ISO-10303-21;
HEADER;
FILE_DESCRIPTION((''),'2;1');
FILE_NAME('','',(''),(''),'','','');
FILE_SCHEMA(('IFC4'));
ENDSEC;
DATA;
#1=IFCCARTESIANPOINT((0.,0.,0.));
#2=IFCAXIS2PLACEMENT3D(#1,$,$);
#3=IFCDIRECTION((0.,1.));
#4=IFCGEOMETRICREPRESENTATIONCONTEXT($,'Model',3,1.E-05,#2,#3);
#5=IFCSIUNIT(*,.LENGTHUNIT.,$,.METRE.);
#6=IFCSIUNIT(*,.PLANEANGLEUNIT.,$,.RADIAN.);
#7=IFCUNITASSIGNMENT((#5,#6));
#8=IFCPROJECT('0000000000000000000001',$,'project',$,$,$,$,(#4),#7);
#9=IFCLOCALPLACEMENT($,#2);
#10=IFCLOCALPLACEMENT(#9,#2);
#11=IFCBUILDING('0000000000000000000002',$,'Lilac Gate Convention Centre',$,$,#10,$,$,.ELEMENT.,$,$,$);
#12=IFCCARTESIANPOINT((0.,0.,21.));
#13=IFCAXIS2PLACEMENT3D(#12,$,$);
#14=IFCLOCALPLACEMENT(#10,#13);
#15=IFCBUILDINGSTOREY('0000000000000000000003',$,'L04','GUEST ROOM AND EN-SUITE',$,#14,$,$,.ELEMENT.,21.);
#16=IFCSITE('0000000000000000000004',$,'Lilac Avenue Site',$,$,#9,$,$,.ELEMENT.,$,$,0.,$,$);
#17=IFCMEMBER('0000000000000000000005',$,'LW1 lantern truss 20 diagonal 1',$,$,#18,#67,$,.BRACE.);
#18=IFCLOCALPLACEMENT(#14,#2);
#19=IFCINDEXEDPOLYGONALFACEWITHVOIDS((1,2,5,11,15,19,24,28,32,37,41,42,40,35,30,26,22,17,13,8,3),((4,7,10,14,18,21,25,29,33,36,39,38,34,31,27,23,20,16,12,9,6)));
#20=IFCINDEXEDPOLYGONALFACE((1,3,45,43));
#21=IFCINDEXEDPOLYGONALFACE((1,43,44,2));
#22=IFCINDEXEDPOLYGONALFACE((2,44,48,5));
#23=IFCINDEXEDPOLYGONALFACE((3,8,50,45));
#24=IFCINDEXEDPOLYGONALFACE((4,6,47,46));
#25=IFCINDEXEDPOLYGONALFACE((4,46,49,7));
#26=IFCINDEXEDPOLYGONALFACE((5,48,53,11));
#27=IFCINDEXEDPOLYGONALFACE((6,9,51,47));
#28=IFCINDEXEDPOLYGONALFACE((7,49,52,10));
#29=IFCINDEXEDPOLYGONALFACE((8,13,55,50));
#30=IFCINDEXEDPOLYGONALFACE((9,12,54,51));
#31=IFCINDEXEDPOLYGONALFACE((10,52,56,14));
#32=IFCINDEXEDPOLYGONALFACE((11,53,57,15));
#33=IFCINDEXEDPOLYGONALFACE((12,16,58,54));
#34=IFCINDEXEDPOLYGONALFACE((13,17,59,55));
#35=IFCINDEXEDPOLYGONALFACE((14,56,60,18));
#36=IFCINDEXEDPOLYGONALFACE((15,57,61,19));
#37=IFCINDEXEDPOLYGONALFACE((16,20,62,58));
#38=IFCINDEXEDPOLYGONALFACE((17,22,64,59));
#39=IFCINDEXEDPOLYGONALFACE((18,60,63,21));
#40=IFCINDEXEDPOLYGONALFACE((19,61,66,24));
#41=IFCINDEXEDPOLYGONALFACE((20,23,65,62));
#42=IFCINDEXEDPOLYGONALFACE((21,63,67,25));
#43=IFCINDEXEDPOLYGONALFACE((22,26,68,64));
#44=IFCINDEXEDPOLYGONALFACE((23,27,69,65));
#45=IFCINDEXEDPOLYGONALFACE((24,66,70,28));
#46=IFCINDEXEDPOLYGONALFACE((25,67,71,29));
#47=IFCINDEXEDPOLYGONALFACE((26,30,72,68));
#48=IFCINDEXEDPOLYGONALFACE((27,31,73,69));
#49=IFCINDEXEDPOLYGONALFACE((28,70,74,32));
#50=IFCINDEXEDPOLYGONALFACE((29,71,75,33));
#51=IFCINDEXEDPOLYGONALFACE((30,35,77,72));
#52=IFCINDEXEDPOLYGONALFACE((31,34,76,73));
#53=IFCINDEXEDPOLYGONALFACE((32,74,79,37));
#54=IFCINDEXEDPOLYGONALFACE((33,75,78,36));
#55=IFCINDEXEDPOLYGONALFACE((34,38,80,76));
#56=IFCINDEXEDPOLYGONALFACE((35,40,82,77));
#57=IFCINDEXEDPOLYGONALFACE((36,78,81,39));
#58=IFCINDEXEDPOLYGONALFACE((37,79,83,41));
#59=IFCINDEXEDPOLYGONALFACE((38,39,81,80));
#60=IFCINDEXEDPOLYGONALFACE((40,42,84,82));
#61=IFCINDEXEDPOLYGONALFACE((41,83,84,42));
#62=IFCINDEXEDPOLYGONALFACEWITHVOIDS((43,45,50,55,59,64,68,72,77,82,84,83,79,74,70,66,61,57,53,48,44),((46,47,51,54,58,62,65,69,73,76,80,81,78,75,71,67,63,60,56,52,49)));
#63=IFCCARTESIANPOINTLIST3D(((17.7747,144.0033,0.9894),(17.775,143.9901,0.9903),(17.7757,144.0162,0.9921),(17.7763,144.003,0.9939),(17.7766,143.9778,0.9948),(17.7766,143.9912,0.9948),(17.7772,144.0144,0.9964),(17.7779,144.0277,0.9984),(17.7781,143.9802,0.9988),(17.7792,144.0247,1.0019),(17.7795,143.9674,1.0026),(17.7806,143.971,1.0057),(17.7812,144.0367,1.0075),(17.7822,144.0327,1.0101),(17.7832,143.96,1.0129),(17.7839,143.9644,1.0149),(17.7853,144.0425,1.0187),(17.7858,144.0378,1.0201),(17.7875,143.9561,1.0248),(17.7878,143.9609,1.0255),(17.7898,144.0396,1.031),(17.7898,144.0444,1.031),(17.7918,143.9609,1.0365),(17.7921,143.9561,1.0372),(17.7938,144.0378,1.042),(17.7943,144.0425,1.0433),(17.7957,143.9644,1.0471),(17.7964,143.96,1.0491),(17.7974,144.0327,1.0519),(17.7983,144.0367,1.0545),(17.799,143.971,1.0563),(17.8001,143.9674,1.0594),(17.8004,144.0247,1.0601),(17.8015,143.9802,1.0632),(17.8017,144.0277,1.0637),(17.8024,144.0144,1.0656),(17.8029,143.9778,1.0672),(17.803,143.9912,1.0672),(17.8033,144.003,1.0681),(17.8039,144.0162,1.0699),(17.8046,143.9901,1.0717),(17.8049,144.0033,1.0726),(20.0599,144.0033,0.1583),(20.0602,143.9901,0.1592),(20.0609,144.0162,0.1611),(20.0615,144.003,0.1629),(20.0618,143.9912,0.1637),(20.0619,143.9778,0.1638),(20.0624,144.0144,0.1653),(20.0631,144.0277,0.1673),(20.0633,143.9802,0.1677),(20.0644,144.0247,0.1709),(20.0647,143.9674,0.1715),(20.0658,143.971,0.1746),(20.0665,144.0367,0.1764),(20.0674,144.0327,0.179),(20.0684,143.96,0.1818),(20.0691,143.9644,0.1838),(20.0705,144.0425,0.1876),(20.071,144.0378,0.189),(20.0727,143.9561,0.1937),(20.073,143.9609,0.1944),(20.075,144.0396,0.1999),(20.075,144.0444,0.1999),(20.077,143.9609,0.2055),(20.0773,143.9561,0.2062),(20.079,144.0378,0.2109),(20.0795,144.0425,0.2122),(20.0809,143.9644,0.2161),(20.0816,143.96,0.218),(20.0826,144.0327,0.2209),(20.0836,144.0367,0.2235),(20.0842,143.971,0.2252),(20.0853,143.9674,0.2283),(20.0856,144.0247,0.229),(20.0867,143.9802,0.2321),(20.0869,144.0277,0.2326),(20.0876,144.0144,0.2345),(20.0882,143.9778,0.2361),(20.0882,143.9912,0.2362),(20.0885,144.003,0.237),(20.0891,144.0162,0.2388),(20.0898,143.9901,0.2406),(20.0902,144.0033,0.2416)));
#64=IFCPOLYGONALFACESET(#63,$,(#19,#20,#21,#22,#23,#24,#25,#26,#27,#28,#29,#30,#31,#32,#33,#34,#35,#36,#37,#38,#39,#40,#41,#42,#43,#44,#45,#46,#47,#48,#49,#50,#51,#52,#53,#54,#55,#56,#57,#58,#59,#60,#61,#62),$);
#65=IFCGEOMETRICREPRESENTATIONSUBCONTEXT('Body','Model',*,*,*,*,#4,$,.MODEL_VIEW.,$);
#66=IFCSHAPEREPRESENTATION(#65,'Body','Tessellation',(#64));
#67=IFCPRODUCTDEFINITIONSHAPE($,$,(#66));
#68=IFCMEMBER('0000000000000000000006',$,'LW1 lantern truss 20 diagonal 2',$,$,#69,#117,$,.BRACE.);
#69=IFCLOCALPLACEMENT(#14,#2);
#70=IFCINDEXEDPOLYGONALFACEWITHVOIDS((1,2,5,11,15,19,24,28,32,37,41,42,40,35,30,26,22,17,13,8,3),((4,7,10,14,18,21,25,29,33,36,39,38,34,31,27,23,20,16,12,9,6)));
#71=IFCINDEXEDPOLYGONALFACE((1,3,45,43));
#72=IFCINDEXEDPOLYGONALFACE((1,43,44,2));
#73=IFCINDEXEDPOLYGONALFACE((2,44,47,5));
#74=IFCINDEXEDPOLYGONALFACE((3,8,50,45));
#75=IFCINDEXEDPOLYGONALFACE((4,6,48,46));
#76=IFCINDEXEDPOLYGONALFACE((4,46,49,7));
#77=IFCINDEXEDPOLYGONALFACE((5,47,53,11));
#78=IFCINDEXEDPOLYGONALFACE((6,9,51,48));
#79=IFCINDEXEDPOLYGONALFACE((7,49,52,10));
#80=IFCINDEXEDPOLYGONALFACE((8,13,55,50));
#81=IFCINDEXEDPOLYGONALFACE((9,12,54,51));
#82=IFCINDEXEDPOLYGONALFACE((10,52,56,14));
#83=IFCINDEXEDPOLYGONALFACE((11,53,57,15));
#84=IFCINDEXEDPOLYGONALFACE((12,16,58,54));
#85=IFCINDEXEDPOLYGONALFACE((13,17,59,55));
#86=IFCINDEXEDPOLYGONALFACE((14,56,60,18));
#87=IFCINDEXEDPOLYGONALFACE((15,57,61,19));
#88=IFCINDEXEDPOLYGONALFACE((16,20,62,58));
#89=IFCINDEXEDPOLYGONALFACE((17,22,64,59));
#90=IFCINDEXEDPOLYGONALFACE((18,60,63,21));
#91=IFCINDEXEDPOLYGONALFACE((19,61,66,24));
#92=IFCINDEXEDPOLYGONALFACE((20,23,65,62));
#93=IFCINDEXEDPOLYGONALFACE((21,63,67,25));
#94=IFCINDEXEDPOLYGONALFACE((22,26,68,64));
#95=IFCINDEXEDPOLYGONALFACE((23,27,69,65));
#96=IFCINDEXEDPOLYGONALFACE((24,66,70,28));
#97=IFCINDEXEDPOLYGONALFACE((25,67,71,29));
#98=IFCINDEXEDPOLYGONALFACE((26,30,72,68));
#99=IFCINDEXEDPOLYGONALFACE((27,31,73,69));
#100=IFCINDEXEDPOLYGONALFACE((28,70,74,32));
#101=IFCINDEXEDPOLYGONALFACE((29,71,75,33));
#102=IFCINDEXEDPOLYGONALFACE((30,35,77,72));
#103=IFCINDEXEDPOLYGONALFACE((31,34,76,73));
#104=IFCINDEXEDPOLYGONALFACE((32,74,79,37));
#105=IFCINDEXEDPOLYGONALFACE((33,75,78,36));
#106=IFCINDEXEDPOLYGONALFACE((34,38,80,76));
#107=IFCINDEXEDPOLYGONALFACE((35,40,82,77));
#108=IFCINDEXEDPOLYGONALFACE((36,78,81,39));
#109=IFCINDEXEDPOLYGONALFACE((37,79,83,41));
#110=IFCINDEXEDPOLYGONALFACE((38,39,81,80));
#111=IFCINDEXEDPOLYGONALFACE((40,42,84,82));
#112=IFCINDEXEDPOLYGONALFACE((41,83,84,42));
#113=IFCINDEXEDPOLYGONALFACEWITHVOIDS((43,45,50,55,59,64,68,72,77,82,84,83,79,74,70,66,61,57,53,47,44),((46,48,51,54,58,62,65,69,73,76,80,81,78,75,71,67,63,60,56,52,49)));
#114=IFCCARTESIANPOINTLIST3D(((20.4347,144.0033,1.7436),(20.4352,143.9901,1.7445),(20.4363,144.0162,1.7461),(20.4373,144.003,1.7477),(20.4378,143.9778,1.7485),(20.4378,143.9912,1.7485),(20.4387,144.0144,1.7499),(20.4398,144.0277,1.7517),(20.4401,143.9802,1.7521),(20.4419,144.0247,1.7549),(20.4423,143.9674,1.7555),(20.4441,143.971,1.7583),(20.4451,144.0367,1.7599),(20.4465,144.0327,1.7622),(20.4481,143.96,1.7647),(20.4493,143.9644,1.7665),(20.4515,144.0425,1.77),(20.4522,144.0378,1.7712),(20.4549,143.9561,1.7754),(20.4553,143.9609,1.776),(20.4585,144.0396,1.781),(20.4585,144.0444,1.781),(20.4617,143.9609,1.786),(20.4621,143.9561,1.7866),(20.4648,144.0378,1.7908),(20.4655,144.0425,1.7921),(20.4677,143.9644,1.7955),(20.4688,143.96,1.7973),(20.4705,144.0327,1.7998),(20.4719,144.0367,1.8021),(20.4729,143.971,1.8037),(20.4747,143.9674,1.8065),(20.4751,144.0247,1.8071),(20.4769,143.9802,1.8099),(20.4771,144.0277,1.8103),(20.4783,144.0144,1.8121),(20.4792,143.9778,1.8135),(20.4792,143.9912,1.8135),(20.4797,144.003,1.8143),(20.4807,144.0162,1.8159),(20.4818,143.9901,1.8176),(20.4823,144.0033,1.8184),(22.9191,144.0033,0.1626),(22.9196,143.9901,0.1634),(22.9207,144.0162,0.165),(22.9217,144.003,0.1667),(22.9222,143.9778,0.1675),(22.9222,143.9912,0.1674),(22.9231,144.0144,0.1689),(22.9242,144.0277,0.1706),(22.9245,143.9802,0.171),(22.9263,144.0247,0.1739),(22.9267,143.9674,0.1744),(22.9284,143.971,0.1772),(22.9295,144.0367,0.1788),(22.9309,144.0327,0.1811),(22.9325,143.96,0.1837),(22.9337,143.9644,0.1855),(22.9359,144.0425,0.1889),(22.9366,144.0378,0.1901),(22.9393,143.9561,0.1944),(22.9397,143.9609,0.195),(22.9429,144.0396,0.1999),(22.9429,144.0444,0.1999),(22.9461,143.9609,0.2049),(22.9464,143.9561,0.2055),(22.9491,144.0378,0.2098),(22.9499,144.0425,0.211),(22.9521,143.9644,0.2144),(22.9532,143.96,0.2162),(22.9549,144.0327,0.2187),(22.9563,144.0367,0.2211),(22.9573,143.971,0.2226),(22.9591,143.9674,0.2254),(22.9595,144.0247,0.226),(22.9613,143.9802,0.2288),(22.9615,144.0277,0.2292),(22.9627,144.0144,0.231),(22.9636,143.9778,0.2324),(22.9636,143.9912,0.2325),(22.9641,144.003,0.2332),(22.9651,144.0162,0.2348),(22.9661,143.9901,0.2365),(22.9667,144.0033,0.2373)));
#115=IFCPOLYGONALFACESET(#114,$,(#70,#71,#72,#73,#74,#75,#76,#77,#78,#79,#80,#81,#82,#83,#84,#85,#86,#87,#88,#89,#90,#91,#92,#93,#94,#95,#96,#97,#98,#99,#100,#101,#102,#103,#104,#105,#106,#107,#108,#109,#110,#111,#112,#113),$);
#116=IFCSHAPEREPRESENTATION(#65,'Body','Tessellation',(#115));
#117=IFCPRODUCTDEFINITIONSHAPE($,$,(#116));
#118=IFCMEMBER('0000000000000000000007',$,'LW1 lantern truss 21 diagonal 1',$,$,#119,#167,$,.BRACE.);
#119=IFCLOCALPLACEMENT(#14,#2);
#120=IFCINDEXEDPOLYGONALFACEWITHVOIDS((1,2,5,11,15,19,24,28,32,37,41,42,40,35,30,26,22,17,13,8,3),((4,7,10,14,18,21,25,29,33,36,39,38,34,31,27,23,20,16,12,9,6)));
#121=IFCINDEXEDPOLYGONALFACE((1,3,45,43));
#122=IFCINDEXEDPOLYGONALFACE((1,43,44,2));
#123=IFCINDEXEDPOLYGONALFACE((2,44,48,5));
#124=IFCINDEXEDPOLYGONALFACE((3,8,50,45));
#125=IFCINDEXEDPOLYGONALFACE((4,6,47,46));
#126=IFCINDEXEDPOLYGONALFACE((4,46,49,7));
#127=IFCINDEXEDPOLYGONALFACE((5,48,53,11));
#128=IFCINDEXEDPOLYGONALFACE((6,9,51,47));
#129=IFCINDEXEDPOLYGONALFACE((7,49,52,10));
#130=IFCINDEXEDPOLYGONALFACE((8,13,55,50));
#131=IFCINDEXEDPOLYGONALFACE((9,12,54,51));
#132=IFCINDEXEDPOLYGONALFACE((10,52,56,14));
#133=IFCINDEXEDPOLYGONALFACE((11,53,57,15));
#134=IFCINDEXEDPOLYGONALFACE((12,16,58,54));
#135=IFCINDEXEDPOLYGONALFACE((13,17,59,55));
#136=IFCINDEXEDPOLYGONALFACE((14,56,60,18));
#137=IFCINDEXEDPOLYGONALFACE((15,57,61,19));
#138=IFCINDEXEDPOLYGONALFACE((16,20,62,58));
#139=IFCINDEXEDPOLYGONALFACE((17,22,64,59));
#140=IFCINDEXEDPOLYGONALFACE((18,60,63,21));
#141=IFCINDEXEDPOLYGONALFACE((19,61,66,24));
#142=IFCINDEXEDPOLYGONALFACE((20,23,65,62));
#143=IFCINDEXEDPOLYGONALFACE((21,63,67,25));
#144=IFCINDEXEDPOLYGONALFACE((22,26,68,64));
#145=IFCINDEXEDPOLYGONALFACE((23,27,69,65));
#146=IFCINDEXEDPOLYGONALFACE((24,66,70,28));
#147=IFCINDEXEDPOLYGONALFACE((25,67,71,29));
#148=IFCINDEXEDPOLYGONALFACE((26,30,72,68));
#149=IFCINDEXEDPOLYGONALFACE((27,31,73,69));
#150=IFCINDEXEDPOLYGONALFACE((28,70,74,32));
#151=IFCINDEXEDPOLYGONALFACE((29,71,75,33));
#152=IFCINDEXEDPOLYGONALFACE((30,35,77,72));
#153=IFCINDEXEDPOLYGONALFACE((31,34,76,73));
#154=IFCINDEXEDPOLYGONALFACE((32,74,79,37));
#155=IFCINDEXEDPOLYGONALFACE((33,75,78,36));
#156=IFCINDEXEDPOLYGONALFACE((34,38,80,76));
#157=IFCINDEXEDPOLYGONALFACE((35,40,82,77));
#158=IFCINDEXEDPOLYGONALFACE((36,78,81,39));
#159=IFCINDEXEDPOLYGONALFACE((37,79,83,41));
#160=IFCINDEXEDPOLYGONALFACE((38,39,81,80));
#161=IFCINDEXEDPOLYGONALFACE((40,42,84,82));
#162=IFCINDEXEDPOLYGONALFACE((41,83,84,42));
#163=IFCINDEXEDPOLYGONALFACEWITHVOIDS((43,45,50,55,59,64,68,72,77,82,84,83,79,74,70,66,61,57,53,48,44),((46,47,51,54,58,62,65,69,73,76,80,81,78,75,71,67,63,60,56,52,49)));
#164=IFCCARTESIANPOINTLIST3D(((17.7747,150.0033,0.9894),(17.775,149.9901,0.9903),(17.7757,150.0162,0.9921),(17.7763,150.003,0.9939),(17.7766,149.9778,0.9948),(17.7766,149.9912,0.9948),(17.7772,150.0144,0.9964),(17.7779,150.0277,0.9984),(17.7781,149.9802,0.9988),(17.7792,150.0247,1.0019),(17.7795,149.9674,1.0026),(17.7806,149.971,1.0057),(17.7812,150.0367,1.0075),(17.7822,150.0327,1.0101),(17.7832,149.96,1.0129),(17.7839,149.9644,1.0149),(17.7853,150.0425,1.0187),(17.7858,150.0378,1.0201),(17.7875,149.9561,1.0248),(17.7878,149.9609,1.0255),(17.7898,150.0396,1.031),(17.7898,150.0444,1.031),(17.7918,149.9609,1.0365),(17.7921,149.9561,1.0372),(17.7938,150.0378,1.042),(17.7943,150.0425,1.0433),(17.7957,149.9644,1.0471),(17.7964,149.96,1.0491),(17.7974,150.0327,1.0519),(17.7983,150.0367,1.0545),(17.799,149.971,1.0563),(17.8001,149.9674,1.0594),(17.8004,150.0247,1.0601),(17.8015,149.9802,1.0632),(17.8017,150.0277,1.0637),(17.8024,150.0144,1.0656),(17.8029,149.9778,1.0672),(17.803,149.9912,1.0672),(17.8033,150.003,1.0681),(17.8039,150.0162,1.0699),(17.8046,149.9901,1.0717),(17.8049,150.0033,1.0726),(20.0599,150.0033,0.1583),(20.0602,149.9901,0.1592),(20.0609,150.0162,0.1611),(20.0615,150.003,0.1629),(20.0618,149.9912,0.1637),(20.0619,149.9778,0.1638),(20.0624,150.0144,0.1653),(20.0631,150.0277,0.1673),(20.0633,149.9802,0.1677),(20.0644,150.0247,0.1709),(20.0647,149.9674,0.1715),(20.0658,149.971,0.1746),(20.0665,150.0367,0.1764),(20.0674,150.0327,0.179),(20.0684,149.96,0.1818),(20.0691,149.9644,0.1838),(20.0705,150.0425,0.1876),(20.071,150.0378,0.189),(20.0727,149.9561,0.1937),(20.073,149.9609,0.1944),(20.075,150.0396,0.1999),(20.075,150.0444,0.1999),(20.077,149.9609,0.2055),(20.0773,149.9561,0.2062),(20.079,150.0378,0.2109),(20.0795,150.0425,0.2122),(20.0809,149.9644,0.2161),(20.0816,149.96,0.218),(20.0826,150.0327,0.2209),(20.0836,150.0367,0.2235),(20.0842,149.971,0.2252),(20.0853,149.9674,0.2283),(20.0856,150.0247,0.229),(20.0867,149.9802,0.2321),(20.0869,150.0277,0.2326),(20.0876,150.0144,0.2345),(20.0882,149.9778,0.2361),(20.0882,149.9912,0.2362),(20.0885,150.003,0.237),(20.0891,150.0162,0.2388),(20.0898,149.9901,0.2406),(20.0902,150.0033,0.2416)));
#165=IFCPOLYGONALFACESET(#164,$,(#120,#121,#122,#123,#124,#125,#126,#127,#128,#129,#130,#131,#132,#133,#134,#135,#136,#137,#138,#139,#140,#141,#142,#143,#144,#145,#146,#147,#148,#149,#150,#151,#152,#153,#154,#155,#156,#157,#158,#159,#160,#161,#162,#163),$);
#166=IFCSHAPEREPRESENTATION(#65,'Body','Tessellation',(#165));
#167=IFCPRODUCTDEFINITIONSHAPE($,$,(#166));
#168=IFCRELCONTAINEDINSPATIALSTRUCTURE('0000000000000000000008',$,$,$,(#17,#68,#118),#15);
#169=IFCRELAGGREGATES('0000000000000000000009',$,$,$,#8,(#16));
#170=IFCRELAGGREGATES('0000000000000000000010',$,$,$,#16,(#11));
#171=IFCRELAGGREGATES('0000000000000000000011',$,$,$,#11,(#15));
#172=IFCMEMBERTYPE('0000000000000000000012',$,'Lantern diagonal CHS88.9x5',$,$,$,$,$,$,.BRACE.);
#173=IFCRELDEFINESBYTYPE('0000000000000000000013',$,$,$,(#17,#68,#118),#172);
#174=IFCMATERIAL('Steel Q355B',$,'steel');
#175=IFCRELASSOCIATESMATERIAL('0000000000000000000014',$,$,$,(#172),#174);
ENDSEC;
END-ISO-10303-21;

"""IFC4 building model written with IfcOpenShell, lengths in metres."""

from ifc_helpers import new_model, si_unit, direction, frame, origin, origin_2d, place, context, subcontext, project, spatial, hollow_circle, extrude, material, material_profile, profile_set, type_object, element, save


model = new_model("IFC4")

# Units and contexts
model_context = context("Model", 3, precision=1e-05, world=origin(), true_north=direction((0.0, 1.0)))
body_context = subcontext(model_context, "Body", "Model", "MODEL_VIEW")
ifc_project = project(units=[si_unit("LENGTHUNIT", "METRE"), si_unit("PLANEANGLEUNIT", "RADIAN")], contexts=[model_context])

# Site, building, storey
site_placement = place(None, origin())
site = spatial("IfcSite", under=ifc_project, at=site_placement, Name="Lilac Avenue Site", CompositionType="ELEMENT", RefElevation=0.0)
building_placement = place(site_placement, origin())
building = spatial("IfcBuilding", under=site, at=building_placement, Name="Lilac Gate Convention Centre", CompositionType="ELEMENT")
storey_placement = place(building_placement, frame((0.0, 0.0, 21.0)))
storey = spatial("IfcBuildingStorey", under=building, at=storey_placement, Name="L04", Description="GUEST ROOM AND EN-SUITE", CompositionType="ELEMENT", Elevation=21.0)

# Members
ifc_material_1 = material(Name="Steel Q355B", Category="steel")
ifc_material_profile_1 = material_profile(ifc_material_1, hollow_circle(Radius=0.0444, WallThickness=0.0049, at=origin_2d()), Name="CHS88.9x5")
ifc_profile_set_1 = profile_set([ifc_material_profile_1], Name="Steel Q355B")
member_type_1 = type_object("IfcMemberType", Name="Lantern diagonal CHS88.9x5", PredefinedType="BRACE", material=ifc_profile_set_1)
member_1_placement = place(storey_placement, frame((17.7898, 144.0, 1.031), z_axis=(0.939782, 0.0, -0.341775), x_axis=(0.0, 1.0, 0.0)))
element("IfcMember", 1, at=member_1_placement, inside=storey, type_object=member_type_1, Name="LW1 lantern truss 20 diagonal 1", PredefinedType="BRACE", context=body_context, shape_type="SweptSolid", body=[
    extrude(hollow_circle(Radius=0.0444, WallThickness=0.0049, at=origin_2d()), origin(), (0.0, 0.0, 1.0), 2.4316),
])
member_2_placement = place(storey_placement, frame((20.4585, 144.0, 1.781), z_axis=(0.843648, 0.0, -0.536897), x_axis=(0.0, 1.0, 0.0)))
element("IfcMember", 2, at=member_2_placement, inside=storey, type_object=member_type_1, Name="LW1 lantern truss 20 diagonal 2", PredefinedType="BRACE", context=body_context, shape_type="SweptSolid", body=[
    extrude(hollow_circle(Radius=0.0444, WallThickness=0.0049, at=origin_2d()), origin(), (0.0, 0.0, 1.0), 2.9448),
])
member_3_placement = place(storey_placement, frame((17.7898, 150.0, 1.031), z_axis=(0.939782, 0.0, -0.341775), x_axis=(0.0, 1.0, 0.0)))
element("IfcMember", 3, at=member_3_placement, inside=storey, type_object=member_type_1, Name="LW1 lantern truss 21 diagonal 1", PredefinedType="BRACE", context=body_context, shape_type="SweptSolid", body=[
    extrude(hollow_circle(Radius=0.0444, WallThickness=0.0049, at=origin_2d()), origin(), (0.0, 0.0, 1.0), 2.4316),
])

save(model, "model.ifc")
